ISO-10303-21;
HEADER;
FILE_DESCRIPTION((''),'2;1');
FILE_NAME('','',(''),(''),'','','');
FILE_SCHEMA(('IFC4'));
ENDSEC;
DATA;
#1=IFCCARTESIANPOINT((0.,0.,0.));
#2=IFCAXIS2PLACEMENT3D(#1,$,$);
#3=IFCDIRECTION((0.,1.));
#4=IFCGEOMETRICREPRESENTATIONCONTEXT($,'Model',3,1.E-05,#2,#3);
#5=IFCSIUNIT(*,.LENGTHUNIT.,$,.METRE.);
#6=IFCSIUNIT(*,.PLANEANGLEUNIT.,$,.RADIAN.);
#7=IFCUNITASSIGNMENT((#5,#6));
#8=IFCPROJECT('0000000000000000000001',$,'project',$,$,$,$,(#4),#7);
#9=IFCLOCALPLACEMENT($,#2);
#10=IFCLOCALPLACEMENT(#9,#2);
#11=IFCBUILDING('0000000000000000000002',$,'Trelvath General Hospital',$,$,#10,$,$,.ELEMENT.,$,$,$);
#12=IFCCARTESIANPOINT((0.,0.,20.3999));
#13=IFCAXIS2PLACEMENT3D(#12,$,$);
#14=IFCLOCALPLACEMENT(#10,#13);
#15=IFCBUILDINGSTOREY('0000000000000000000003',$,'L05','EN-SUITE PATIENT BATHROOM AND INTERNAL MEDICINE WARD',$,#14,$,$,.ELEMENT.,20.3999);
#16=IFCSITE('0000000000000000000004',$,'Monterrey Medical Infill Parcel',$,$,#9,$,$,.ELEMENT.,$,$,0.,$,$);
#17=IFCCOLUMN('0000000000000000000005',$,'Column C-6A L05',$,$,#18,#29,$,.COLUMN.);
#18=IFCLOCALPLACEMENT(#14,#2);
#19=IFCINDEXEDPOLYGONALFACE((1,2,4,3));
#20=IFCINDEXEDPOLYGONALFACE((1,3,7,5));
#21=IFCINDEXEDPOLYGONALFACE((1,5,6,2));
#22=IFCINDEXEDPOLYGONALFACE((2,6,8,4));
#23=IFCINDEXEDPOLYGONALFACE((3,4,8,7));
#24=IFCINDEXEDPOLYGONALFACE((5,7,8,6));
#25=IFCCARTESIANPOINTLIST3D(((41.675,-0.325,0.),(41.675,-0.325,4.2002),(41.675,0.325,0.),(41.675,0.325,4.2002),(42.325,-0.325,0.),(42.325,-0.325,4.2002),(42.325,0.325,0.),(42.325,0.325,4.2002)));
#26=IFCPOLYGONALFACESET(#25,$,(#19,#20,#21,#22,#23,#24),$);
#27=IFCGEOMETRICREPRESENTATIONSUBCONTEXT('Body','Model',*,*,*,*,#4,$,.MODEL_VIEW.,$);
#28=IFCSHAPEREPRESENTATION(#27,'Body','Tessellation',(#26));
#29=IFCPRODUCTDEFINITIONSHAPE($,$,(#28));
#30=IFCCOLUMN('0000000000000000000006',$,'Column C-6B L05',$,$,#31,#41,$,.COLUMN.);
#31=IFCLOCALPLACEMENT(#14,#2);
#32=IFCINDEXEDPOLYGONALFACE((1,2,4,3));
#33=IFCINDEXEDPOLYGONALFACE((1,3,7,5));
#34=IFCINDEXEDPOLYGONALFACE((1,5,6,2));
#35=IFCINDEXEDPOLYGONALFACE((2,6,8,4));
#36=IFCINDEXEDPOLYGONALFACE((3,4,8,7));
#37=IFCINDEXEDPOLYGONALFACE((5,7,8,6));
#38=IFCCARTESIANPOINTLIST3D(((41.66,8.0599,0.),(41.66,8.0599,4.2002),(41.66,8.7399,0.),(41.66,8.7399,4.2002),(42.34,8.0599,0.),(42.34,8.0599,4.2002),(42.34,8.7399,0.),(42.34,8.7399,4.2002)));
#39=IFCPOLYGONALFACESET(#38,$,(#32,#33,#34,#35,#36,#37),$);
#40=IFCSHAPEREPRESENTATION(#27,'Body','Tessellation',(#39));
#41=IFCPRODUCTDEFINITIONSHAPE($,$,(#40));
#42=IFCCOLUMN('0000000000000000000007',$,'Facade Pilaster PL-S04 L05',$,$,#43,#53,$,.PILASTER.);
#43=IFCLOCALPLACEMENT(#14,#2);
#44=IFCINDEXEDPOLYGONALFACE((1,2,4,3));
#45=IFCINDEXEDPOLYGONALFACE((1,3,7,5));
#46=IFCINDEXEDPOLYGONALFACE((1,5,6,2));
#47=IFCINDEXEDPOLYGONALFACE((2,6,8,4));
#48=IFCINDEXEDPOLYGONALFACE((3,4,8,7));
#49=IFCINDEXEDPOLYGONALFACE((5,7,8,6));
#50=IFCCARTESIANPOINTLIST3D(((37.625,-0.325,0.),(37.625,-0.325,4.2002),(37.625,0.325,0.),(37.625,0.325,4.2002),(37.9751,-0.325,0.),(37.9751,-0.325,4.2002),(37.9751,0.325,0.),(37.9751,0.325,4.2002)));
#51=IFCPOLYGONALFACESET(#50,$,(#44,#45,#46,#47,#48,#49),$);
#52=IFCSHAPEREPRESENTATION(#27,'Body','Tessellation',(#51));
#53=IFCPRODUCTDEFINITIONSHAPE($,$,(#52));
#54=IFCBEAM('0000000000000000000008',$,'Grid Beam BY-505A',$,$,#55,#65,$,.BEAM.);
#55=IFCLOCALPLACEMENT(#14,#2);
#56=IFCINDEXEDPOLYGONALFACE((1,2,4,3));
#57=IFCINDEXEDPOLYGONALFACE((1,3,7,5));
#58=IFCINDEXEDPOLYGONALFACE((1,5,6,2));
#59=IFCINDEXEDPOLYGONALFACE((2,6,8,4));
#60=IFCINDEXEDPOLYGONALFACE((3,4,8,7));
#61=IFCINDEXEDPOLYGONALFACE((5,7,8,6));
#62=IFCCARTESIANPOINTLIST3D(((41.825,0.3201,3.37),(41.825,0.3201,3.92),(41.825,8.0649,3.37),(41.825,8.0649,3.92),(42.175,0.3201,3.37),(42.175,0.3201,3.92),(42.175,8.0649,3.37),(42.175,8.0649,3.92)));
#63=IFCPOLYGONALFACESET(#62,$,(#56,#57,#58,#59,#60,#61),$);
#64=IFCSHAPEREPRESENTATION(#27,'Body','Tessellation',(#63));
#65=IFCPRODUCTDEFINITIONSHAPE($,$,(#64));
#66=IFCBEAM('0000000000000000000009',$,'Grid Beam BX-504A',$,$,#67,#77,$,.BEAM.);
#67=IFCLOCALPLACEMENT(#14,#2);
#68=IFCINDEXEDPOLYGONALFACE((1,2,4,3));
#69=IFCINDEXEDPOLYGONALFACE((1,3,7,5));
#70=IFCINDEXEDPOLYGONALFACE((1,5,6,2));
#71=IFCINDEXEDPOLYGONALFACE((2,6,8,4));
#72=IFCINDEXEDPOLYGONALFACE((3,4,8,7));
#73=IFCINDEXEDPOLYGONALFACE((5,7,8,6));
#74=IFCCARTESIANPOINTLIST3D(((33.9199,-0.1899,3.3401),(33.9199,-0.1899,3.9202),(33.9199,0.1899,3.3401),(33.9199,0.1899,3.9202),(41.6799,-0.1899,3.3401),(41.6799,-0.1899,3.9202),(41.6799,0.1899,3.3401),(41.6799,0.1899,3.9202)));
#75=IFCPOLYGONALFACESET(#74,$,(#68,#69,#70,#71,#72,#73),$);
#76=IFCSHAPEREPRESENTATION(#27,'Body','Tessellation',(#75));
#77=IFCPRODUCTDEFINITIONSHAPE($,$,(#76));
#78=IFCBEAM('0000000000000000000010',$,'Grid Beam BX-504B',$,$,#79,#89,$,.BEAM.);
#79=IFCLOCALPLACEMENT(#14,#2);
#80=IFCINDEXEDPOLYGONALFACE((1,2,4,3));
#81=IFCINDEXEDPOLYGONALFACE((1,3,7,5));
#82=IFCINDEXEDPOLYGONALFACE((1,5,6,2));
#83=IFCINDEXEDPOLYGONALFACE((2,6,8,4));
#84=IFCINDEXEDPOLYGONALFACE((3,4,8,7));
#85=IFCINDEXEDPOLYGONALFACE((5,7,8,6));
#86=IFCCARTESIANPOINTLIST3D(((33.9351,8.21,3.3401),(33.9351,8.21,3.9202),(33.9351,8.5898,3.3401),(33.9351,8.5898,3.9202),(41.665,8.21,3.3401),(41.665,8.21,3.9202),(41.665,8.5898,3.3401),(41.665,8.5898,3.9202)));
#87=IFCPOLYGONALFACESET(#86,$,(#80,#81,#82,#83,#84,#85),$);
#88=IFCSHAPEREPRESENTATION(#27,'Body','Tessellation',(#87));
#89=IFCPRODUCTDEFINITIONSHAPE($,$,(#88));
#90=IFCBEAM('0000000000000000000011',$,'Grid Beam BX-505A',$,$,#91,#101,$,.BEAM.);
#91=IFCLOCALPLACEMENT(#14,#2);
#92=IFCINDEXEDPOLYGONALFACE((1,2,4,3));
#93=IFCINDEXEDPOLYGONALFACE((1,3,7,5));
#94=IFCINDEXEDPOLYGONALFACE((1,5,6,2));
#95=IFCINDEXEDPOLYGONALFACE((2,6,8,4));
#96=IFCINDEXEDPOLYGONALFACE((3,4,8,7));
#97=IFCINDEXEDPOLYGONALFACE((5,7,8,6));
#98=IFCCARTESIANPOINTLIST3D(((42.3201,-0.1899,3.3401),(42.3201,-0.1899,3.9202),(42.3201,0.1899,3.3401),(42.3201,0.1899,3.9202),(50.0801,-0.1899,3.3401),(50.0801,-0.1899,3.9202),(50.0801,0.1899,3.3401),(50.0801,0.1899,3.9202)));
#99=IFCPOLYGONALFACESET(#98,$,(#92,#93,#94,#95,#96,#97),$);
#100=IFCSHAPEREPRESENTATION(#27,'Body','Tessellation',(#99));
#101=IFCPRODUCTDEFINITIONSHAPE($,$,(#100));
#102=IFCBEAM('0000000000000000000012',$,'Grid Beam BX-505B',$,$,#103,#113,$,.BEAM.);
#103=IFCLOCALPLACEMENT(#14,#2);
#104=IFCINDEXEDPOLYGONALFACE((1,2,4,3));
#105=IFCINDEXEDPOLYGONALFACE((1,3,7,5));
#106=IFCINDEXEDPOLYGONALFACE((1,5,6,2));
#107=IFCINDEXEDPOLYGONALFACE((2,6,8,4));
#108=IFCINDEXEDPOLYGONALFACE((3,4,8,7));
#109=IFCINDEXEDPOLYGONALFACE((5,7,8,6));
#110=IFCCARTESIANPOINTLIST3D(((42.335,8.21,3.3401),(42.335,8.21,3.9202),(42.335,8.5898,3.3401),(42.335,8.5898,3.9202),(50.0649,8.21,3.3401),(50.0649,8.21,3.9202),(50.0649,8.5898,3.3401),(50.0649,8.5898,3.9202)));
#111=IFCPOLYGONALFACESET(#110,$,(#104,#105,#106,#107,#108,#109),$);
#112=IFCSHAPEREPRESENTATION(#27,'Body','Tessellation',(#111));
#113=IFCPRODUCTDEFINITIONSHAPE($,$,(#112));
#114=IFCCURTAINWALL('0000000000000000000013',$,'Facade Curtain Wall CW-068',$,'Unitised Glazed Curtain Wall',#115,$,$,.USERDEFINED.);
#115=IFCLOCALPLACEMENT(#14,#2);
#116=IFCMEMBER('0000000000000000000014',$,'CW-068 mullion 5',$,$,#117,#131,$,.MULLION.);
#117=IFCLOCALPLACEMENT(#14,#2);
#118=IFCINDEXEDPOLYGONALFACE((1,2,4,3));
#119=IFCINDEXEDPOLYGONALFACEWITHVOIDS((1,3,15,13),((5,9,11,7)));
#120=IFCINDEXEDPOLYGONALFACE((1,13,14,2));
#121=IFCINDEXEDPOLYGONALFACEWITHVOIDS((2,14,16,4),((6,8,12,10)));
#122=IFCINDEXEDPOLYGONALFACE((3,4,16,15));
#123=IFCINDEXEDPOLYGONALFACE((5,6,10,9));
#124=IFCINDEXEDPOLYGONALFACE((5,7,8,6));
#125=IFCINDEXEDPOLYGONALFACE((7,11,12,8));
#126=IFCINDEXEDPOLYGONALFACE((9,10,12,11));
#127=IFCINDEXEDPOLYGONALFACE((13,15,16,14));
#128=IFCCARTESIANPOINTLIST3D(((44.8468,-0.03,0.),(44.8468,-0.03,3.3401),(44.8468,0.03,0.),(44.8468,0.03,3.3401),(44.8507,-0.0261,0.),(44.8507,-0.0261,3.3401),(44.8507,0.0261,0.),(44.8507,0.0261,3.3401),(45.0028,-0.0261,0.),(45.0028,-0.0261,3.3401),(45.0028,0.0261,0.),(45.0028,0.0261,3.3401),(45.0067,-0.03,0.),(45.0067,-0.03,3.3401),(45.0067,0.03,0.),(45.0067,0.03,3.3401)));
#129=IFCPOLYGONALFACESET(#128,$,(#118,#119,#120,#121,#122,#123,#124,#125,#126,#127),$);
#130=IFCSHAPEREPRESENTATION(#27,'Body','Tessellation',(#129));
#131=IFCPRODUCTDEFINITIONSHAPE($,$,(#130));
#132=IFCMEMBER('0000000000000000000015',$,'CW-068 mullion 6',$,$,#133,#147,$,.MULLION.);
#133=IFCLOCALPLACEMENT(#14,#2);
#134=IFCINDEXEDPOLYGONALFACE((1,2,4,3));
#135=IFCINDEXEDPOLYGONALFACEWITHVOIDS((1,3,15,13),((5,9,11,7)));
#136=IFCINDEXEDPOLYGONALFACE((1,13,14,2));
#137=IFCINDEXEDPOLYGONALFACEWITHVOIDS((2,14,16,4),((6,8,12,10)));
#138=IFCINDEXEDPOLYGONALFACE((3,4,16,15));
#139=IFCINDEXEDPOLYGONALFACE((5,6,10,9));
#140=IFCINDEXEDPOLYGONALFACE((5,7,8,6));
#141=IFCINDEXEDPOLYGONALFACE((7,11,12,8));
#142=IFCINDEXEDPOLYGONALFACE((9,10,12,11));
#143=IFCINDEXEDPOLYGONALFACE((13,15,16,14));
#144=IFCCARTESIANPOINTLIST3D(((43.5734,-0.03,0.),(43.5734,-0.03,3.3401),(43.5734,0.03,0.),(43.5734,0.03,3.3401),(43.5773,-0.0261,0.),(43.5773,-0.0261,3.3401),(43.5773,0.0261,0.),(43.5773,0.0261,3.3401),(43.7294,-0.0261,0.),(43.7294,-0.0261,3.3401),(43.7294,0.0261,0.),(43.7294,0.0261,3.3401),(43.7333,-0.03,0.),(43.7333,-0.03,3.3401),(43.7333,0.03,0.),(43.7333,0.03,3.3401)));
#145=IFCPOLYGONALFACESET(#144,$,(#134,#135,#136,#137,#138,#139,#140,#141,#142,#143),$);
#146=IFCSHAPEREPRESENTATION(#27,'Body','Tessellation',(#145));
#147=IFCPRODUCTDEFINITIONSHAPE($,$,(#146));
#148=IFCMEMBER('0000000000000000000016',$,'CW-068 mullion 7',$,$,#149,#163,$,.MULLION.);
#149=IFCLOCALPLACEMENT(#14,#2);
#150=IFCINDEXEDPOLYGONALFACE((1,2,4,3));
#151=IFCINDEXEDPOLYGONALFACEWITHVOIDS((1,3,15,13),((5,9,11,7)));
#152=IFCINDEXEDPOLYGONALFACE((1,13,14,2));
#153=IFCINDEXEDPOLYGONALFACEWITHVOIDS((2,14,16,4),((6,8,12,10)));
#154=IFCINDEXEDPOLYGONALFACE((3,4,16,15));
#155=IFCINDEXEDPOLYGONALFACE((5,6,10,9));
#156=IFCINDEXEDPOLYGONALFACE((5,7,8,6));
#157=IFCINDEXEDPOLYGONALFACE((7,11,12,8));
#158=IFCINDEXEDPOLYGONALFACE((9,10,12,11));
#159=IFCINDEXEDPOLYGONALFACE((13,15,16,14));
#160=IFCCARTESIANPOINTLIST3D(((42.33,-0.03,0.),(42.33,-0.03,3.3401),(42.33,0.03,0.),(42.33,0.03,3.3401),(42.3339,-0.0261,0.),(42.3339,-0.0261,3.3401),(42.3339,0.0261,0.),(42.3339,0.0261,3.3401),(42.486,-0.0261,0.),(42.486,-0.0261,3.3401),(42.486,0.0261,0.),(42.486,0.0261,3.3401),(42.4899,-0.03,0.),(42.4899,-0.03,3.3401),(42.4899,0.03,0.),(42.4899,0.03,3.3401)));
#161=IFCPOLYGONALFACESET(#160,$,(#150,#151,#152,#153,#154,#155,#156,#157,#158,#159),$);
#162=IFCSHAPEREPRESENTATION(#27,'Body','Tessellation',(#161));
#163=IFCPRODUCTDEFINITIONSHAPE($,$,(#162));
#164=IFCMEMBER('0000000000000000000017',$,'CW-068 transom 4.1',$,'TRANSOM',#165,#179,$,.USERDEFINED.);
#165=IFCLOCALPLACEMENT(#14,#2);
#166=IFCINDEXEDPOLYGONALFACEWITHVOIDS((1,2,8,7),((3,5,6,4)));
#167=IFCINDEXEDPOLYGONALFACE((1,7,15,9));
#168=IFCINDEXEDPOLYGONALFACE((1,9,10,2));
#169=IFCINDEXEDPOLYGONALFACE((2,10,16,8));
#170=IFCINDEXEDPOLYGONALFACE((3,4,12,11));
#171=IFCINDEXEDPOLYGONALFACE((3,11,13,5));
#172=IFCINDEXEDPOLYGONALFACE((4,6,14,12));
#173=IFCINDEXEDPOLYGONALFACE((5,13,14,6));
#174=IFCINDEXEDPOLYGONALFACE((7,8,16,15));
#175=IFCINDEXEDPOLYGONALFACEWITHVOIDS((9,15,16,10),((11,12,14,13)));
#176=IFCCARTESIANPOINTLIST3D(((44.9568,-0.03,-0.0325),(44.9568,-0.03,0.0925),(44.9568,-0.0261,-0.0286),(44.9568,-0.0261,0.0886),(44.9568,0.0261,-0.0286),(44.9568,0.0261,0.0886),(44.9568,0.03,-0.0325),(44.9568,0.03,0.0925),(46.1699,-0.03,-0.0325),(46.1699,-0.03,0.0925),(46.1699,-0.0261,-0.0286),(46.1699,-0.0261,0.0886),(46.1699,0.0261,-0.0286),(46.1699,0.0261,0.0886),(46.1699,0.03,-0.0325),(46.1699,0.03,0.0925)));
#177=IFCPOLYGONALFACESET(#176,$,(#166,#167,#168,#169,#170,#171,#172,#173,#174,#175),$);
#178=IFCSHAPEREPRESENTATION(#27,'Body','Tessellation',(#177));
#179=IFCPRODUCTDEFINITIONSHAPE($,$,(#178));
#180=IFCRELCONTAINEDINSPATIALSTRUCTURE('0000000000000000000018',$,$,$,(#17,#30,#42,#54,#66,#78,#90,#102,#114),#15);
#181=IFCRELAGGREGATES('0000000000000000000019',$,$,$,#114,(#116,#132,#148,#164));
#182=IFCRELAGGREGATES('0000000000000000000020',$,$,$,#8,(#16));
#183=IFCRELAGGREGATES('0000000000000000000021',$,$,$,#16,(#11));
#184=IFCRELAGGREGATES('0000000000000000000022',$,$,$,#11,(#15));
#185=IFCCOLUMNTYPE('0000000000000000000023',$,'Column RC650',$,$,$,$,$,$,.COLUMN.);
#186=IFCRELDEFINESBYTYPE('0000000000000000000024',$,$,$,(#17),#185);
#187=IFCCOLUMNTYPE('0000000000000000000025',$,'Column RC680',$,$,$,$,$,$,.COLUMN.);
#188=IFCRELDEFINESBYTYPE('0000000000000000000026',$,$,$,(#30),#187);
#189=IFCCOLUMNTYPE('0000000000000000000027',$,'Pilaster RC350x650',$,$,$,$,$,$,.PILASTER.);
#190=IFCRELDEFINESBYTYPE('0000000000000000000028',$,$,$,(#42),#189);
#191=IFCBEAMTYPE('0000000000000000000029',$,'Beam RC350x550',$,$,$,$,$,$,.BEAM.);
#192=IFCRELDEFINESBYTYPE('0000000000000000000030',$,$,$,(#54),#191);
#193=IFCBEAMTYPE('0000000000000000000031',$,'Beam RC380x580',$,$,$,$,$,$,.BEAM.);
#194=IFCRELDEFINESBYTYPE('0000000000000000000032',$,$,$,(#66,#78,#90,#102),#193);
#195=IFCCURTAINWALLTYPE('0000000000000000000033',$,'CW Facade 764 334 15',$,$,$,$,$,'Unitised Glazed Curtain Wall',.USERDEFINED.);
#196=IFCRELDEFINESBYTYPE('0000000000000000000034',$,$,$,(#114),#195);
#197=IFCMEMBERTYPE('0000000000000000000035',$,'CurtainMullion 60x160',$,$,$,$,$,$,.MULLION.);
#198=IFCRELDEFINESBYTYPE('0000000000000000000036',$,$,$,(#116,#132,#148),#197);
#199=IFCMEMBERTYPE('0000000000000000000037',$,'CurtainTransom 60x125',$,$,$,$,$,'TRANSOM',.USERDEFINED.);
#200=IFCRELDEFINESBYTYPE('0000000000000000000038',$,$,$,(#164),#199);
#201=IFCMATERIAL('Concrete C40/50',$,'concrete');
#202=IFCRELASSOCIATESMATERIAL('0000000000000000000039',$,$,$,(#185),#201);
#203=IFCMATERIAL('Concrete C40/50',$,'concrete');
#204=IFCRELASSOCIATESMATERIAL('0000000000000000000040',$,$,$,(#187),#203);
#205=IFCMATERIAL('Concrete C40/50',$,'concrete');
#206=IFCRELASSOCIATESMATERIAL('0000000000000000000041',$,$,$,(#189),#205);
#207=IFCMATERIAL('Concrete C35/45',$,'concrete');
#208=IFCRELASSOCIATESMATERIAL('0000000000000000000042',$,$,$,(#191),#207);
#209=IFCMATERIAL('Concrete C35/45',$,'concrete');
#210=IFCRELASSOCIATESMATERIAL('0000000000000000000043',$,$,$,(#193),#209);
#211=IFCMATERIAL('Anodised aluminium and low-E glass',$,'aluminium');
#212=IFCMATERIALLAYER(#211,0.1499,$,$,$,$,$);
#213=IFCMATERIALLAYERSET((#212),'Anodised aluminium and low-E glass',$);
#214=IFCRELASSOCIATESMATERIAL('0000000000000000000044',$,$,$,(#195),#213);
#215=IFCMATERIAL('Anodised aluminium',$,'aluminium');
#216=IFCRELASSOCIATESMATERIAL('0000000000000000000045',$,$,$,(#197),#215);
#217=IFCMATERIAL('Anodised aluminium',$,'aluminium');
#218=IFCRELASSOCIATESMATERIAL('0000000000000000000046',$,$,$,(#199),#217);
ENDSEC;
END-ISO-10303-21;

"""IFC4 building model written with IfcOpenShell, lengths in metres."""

from ifc_helpers import new_model, si_unit, direction, frame, origin, origin_2d, place, context, subcontext, project, spatial, rectangle, hollow_rectangle, extrude, material, layer, layer_set, material_profile, profile_set, type_object, element, aggregate, save


model = new_model("IFC4")

# Units and contexts
model_context = context("Model", 3, precision=1e-05, world=origin(), true_north=direction((0.0, 1.0)))
body_context = subcontext(model_context, "Body", "Model", "MODEL_VIEW")
ifc_project = project(units=[si_unit("LENGTHUNIT", "METRE"), si_unit("PLANEANGLEUNIT", "RADIAN")], contexts=[model_context])

# Site, building, storey
site_placement = place(None, origin())
site = spatial("IfcSite", under=ifc_project, at=site_placement, Name="Monterrey Medical Infill Parcel", CompositionType="ELEMENT", RefElevation=0.0)
building_placement = place(site_placement, origin())
building = spatial("IfcBuilding", under=site, at=building_placement, Name="Trelvath General Hospital", CompositionType="ELEMENT")
storey_placement = place(building_placement, frame((0.0, 0.0, 20.3999)))
storey = spatial("IfcBuildingStorey", under=building, at=storey_placement, Name="L05", Description="EN-SUITE PATIENT BATHROOM AND INTERNAL MEDICINE WARD", CompositionType="ELEMENT", Elevation=20.3999)

# Columns
ifc_material_1 = material(Name="Concrete C40/50", Category="concrete")
ifc_material_profile_1 = material_profile(ifc_material_1, rectangle(XDim=0.6499, YDim=0.6499, at=origin_2d()), Name="RC650x650")
ifc_profile_set_1 = profile_set([ifc_material_profile_1], Name="Concrete C40/50")
column_type_1 = type_object("IfcColumnType", Name="Column RC650", PredefinedType="COLUMN", material=ifc_profile_set_1)
column_1_placement = place(storey_placement, frame((42.0, 0.0, 0.0), z_axis=(0.0, 0.0, 1.0), x_axis=(1.0, 0.0, 0.0)))
element("IfcColumn", 1, at=column_1_placement, inside=storey, type_object=column_type_1, Name="Column C-6A L05", PredefinedType="COLUMN", context=body_context, shape_type="SweptSolid", body=[
    extrude(rectangle(XDim=0.6499, YDim=0.6499, at=origin_2d()), origin(), (0.0, 0.0, 1.0), 4.2002),
])
ifc_material_2 = material(Name="Concrete C40/50", Category="concrete")
ifc_material_profile_2 = material_profile(ifc_material_2, rectangle(XDim=0.6799, YDim=0.6799, at=origin_2d()), Name="RC680x680")
ifc_profile_set_2 = profile_set([ifc_material_profile_2], Name="Concrete C40/50")
column_type_2 = type_object("IfcColumnType", Name="Column RC680", PredefinedType="COLUMN", material=ifc_profile_set_2)
column_2_placement = place(storey_placement, frame((42.0, 8.3999, 0.0), z_axis=(0.0, 0.0, 1.0), x_axis=(1.0, 0.0, 0.0)))
element("IfcColumn", 2, at=column_2_placement, inside=storey, type_object=column_type_2, Name="Column C-6B L05", PredefinedType="COLUMN", context=body_context, shape_type="SweptSolid", body=[
    extrude(rectangle(XDim=0.6799, YDim=0.6799, at=origin_2d()), origin(), (0.0, 0.0, 1.0), 4.2002),
])
ifc_material_3 = material(Name="Concrete C40/50", Category="concrete")
ifc_material_profile_3 = material_profile(ifc_material_3, rectangle(XDim=0.3501, YDim=0.6499, at=origin_2d()), Name="RC350x650")
ifc_profile_set_3 = profile_set([ifc_material_profile_3], Name="Concrete C40/50")
column_type_3 = type_object("IfcColumnType", Name="Pilaster RC350x650", PredefinedType="PILASTER", material=ifc_profile_set_3)
column_3_placement = place(storey_placement, frame((37.8, 0.0, 0.0), z_axis=(0.0, 0.0, 1.0), x_axis=(1.0, 0.0, 0.0)))
element("IfcColumn", 3, at=column_3_placement, inside=storey, type_object=column_type_3, Name="Facade Pilaster PL-S04 L05", PredefinedType="PILASTER", context=body_context, shape_type="SweptSolid", body=[
    extrude(rectangle(XDim=0.3501, YDim=0.6499, at=origin_2d()), origin(), (0.0, 0.0, 1.0), 4.2002),
])

# Beams
ifc_material_4 = material(Name="Concrete C35/45", Category="concrete")
ifc_material_profile_4 = material_profile(ifc_material_4, rectangle(XDim=0.3501, YDim=0.55, at=origin_2d()), Name="RCB350x550")
ifc_profile_set_4 = profile_set([ifc_material_profile_4], Name="Concrete C35/45")
beam_type_1 = type_object("IfcBeamType", Name="Beam RC350x550", PredefinedType="BEAM", material=ifc_profile_set_4)
beam_1_placement = place(storey_placement, frame((42.0, 0.3201, 3.645), z_axis=(0.0, 1.0, 0.0), x_axis=(-1.0, 0.0, 0.0)))
element("IfcBeam", 4, at=beam_1_placement, inside=storey, type_object=beam_type_1, Name="Grid Beam BY-505A", PredefinedType="BEAM", context=body_context, shape_type="SweptSolid", body=[
    extrude(rectangle(XDim=0.3501, YDim=0.55, at=origin_2d()), origin(), (0.0, 0.0, 1.0), 7.7449),
])
ifc_material_5 = material(Name="Concrete C35/45", Category="concrete")
ifc_material_profile_5 = material_profile(ifc_material_5, rectangle(XDim=0.3799, YDim=0.5801, at=origin_2d()), Name="RCB380x580")
ifc_profile_set_5 = profile_set([ifc_material_profile_5], Name="Concrete C35/45")
beam_type_2 = type_object("IfcBeamType", Name="Beam RC380x580", PredefinedType="BEAM", material=ifc_profile_set_5)
beam_2_placement = place(storey_placement, frame((33.9199, 0.0, 3.6301), z_axis=(1.0, 0.0, 0.0), x_axis=(0.0, 1.0, 0.0)))
element("IfcBeam", 5, at=beam_2_placement, inside=storey, type_object=beam_type_2, Name="Grid Beam BX-504A", PredefinedType="BEAM", context=body_context, shape_type="SweptSolid", body=[
    extrude(rectangle(XDim=0.3799, YDim=0.5801, at=origin_2d()), origin(), (0.0, 0.0, 1.0), 7.76),
])
beam_3_placement = place(storey_placement, frame((33.9351, 8.3999, 3.6301), z_axis=(1.0, 0.0, 0.0), x_axis=(0.0, 1.0, 0.0)))
element("IfcBeam", 6, at=beam_3_placement, inside=storey, type_object=beam_type_2, Name="Grid Beam BX-504B", PredefinedType="BEAM", context=body_context, shape_type="SweptSolid", body=[
    extrude(rectangle(XDim=0.3799, YDim=0.5801, at=origin_2d()), origin(), (0.0, 0.0, 1.0), 7.73),
])
beam_4_placement = place(storey_placement, frame((42.3201, 0.0, 3.6301), z_axis=(1.0, 0.0, 0.0), x_axis=(0.0, 1.0, 0.0)))
element("IfcBeam", 7, at=beam_4_placement, inside=storey, type_object=beam_type_2, Name="Grid Beam BX-505A", PredefinedType="BEAM", context=body_context, shape_type="SweptSolid", body=[
    extrude(rectangle(XDim=0.3799, YDim=0.5801, at=origin_2d()), origin(), (0.0, 0.0, 1.0), 7.76),
])
beam_5_placement = place(storey_placement, frame((42.335, 8.3999, 3.6301), z_axis=(1.0, 0.0, 0.0), x_axis=(0.0, 1.0, 0.0)))
element("IfcBeam", 8, at=beam_5_placement, inside=storey, type_object=beam_type_2, Name="Grid Beam BX-505B", PredefinedType="BEAM", context=body_context, shape_type="SweptSolid", body=[
    extrude(rectangle(XDim=0.3799, YDim=0.5801, at=origin_2d()), origin(), (0.0, 0.0, 1.0), 7.73),
])

# Curtain wall, members
ifc_material_6 = material(Name="Anodised aluminium and low-E glass", Category="aluminium")
ifc_layer_1 = layer(ifc_material_6, 0.1499)
ifc_layer_set_1 = layer_set([ifc_layer_1], Name="Anodised aluminium and low-E glass")
curtain_wall_type = type_object("IfcCurtainWallType", Name="CW Facade 764 334 15", ElementType="Unitised Glazed Curtain Wall", PredefinedType="USERDEFINED", material=ifc_layer_set_1)
curtain_wall_placement = place(storey_placement, origin())
curtain_wall = element("IfcCurtainWall", 9, at=curtain_wall_placement, inside=storey, type_object=curtain_wall_type, Name="Facade Curtain Wall CW-068", ObjectType="Unitised Glazed Curtain Wall", PredefinedType="USERDEFINED")
ifc_material_7 = material(Name="Anodised aluminium", Category="aluminium")
ifc_material_profile_6 = material_profile(ifc_material_7, hollow_rectangle(XDim=0.0601, YDim=0.1599, WallThickness=0.0039, at=origin_2d()), Name="RHS60x160x4")
ifc_profile_set_6 = profile_set([ifc_material_profile_6], Name="Anodised aluminium")
member_type_1 = type_object("IfcMemberType", Name="CurtainMullion 60x160", PredefinedType="MULLION", material=ifc_profile_set_6)
member_1_placement = place(storey_placement, frame((44.9268, 0.0, 0.0), z_axis=(0.0, 0.0, 1.0), x_axis=(0.0, -1.0, 0.0)))
member_1 = element("IfcMember", 10, at=member_1_placement, type_object=member_type_1, Name="CW-068 mullion 5", PredefinedType="MULLION", context=body_context, shape_type="SweptSolid", body=[
    extrude(hollow_rectangle(XDim=0.0601, YDim=0.1599, WallThickness=0.0039, at=origin_2d()), origin(), (0.0, 0.0, 1.0), 3.3401),
])
member_2_placement = place(storey_placement, frame((43.6533, 0.0, 0.0), z_axis=(0.0, 0.0, 1.0), x_axis=(0.0, -1.0, 0.0)))
member_2 = element("IfcMember", 11, at=member_2_placement, type_object=member_type_1, Name="CW-068 mullion 6", PredefinedType="MULLION", context=body_context, shape_type="SweptSolid", body=[
    extrude(hollow_rectangle(XDim=0.0601, YDim=0.1599, WallThickness=0.0039, at=origin_2d()), origin(), (0.0, 0.0, 1.0), 3.3401),
])
member_3_placement = place(storey_placement, frame((42.4099, 0.0, 0.0), z_axis=(0.0, 0.0, 1.0), x_axis=(0.0, -1.0, 0.0)))
member_3 = element("IfcMember", 12, at=member_3_placement, type_object=member_type_1, Name="CW-068 mullion 7", PredefinedType="MULLION", context=body_context, shape_type="SweptSolid", body=[
    extrude(hollow_rectangle(XDim=0.0601, YDim=0.1599, WallThickness=0.0039, at=origin_2d()), origin(), (0.0, 0.0, 1.0), 3.3401),
])
ifc_material_8 = material(Name="Anodised aluminium", Category="aluminium")
ifc_material_profile_7 = material_profile(ifc_material_8, hollow_rectangle(XDim=0.0601, YDim=0.125, WallThickness=0.0039, at=origin_2d()), Name="RHS60x125x4")
ifc_profile_set_7 = profile_set([ifc_material_profile_7], Name="Anodised aluminium")
member_type_2 = type_object("IfcMemberType", Name="CurtainTransom 60x125", ElementType="TRANSOM", PredefinedType="USERDEFINED", material=ifc_profile_set_7)
member_4_placement = place(storey_placement, frame((46.1699, 0.0, 0.03), z_axis=(-1.0, 0.0, 0.0), x_axis=(0.0, -1.0, 0.0)))
member_4 = element("IfcMember", 13, at=member_4_placement, type_object=member_type_2, Name="CW-068 transom 4.1", ObjectType="TRANSOM", PredefinedType="USERDEFINED", context=body_context, shape_type="SweptSolid", body=[
    extrude(hollow_rectangle(XDim=0.0601, YDim=0.125, WallThickness=0.0039, at=origin_2d()), origin(), (0.0, 0.0, 1.0), 1.2131),
])
aggregate(curtain_wall, [member_1, member_2, member_3, member_4])

save(model, "model.ifc")
